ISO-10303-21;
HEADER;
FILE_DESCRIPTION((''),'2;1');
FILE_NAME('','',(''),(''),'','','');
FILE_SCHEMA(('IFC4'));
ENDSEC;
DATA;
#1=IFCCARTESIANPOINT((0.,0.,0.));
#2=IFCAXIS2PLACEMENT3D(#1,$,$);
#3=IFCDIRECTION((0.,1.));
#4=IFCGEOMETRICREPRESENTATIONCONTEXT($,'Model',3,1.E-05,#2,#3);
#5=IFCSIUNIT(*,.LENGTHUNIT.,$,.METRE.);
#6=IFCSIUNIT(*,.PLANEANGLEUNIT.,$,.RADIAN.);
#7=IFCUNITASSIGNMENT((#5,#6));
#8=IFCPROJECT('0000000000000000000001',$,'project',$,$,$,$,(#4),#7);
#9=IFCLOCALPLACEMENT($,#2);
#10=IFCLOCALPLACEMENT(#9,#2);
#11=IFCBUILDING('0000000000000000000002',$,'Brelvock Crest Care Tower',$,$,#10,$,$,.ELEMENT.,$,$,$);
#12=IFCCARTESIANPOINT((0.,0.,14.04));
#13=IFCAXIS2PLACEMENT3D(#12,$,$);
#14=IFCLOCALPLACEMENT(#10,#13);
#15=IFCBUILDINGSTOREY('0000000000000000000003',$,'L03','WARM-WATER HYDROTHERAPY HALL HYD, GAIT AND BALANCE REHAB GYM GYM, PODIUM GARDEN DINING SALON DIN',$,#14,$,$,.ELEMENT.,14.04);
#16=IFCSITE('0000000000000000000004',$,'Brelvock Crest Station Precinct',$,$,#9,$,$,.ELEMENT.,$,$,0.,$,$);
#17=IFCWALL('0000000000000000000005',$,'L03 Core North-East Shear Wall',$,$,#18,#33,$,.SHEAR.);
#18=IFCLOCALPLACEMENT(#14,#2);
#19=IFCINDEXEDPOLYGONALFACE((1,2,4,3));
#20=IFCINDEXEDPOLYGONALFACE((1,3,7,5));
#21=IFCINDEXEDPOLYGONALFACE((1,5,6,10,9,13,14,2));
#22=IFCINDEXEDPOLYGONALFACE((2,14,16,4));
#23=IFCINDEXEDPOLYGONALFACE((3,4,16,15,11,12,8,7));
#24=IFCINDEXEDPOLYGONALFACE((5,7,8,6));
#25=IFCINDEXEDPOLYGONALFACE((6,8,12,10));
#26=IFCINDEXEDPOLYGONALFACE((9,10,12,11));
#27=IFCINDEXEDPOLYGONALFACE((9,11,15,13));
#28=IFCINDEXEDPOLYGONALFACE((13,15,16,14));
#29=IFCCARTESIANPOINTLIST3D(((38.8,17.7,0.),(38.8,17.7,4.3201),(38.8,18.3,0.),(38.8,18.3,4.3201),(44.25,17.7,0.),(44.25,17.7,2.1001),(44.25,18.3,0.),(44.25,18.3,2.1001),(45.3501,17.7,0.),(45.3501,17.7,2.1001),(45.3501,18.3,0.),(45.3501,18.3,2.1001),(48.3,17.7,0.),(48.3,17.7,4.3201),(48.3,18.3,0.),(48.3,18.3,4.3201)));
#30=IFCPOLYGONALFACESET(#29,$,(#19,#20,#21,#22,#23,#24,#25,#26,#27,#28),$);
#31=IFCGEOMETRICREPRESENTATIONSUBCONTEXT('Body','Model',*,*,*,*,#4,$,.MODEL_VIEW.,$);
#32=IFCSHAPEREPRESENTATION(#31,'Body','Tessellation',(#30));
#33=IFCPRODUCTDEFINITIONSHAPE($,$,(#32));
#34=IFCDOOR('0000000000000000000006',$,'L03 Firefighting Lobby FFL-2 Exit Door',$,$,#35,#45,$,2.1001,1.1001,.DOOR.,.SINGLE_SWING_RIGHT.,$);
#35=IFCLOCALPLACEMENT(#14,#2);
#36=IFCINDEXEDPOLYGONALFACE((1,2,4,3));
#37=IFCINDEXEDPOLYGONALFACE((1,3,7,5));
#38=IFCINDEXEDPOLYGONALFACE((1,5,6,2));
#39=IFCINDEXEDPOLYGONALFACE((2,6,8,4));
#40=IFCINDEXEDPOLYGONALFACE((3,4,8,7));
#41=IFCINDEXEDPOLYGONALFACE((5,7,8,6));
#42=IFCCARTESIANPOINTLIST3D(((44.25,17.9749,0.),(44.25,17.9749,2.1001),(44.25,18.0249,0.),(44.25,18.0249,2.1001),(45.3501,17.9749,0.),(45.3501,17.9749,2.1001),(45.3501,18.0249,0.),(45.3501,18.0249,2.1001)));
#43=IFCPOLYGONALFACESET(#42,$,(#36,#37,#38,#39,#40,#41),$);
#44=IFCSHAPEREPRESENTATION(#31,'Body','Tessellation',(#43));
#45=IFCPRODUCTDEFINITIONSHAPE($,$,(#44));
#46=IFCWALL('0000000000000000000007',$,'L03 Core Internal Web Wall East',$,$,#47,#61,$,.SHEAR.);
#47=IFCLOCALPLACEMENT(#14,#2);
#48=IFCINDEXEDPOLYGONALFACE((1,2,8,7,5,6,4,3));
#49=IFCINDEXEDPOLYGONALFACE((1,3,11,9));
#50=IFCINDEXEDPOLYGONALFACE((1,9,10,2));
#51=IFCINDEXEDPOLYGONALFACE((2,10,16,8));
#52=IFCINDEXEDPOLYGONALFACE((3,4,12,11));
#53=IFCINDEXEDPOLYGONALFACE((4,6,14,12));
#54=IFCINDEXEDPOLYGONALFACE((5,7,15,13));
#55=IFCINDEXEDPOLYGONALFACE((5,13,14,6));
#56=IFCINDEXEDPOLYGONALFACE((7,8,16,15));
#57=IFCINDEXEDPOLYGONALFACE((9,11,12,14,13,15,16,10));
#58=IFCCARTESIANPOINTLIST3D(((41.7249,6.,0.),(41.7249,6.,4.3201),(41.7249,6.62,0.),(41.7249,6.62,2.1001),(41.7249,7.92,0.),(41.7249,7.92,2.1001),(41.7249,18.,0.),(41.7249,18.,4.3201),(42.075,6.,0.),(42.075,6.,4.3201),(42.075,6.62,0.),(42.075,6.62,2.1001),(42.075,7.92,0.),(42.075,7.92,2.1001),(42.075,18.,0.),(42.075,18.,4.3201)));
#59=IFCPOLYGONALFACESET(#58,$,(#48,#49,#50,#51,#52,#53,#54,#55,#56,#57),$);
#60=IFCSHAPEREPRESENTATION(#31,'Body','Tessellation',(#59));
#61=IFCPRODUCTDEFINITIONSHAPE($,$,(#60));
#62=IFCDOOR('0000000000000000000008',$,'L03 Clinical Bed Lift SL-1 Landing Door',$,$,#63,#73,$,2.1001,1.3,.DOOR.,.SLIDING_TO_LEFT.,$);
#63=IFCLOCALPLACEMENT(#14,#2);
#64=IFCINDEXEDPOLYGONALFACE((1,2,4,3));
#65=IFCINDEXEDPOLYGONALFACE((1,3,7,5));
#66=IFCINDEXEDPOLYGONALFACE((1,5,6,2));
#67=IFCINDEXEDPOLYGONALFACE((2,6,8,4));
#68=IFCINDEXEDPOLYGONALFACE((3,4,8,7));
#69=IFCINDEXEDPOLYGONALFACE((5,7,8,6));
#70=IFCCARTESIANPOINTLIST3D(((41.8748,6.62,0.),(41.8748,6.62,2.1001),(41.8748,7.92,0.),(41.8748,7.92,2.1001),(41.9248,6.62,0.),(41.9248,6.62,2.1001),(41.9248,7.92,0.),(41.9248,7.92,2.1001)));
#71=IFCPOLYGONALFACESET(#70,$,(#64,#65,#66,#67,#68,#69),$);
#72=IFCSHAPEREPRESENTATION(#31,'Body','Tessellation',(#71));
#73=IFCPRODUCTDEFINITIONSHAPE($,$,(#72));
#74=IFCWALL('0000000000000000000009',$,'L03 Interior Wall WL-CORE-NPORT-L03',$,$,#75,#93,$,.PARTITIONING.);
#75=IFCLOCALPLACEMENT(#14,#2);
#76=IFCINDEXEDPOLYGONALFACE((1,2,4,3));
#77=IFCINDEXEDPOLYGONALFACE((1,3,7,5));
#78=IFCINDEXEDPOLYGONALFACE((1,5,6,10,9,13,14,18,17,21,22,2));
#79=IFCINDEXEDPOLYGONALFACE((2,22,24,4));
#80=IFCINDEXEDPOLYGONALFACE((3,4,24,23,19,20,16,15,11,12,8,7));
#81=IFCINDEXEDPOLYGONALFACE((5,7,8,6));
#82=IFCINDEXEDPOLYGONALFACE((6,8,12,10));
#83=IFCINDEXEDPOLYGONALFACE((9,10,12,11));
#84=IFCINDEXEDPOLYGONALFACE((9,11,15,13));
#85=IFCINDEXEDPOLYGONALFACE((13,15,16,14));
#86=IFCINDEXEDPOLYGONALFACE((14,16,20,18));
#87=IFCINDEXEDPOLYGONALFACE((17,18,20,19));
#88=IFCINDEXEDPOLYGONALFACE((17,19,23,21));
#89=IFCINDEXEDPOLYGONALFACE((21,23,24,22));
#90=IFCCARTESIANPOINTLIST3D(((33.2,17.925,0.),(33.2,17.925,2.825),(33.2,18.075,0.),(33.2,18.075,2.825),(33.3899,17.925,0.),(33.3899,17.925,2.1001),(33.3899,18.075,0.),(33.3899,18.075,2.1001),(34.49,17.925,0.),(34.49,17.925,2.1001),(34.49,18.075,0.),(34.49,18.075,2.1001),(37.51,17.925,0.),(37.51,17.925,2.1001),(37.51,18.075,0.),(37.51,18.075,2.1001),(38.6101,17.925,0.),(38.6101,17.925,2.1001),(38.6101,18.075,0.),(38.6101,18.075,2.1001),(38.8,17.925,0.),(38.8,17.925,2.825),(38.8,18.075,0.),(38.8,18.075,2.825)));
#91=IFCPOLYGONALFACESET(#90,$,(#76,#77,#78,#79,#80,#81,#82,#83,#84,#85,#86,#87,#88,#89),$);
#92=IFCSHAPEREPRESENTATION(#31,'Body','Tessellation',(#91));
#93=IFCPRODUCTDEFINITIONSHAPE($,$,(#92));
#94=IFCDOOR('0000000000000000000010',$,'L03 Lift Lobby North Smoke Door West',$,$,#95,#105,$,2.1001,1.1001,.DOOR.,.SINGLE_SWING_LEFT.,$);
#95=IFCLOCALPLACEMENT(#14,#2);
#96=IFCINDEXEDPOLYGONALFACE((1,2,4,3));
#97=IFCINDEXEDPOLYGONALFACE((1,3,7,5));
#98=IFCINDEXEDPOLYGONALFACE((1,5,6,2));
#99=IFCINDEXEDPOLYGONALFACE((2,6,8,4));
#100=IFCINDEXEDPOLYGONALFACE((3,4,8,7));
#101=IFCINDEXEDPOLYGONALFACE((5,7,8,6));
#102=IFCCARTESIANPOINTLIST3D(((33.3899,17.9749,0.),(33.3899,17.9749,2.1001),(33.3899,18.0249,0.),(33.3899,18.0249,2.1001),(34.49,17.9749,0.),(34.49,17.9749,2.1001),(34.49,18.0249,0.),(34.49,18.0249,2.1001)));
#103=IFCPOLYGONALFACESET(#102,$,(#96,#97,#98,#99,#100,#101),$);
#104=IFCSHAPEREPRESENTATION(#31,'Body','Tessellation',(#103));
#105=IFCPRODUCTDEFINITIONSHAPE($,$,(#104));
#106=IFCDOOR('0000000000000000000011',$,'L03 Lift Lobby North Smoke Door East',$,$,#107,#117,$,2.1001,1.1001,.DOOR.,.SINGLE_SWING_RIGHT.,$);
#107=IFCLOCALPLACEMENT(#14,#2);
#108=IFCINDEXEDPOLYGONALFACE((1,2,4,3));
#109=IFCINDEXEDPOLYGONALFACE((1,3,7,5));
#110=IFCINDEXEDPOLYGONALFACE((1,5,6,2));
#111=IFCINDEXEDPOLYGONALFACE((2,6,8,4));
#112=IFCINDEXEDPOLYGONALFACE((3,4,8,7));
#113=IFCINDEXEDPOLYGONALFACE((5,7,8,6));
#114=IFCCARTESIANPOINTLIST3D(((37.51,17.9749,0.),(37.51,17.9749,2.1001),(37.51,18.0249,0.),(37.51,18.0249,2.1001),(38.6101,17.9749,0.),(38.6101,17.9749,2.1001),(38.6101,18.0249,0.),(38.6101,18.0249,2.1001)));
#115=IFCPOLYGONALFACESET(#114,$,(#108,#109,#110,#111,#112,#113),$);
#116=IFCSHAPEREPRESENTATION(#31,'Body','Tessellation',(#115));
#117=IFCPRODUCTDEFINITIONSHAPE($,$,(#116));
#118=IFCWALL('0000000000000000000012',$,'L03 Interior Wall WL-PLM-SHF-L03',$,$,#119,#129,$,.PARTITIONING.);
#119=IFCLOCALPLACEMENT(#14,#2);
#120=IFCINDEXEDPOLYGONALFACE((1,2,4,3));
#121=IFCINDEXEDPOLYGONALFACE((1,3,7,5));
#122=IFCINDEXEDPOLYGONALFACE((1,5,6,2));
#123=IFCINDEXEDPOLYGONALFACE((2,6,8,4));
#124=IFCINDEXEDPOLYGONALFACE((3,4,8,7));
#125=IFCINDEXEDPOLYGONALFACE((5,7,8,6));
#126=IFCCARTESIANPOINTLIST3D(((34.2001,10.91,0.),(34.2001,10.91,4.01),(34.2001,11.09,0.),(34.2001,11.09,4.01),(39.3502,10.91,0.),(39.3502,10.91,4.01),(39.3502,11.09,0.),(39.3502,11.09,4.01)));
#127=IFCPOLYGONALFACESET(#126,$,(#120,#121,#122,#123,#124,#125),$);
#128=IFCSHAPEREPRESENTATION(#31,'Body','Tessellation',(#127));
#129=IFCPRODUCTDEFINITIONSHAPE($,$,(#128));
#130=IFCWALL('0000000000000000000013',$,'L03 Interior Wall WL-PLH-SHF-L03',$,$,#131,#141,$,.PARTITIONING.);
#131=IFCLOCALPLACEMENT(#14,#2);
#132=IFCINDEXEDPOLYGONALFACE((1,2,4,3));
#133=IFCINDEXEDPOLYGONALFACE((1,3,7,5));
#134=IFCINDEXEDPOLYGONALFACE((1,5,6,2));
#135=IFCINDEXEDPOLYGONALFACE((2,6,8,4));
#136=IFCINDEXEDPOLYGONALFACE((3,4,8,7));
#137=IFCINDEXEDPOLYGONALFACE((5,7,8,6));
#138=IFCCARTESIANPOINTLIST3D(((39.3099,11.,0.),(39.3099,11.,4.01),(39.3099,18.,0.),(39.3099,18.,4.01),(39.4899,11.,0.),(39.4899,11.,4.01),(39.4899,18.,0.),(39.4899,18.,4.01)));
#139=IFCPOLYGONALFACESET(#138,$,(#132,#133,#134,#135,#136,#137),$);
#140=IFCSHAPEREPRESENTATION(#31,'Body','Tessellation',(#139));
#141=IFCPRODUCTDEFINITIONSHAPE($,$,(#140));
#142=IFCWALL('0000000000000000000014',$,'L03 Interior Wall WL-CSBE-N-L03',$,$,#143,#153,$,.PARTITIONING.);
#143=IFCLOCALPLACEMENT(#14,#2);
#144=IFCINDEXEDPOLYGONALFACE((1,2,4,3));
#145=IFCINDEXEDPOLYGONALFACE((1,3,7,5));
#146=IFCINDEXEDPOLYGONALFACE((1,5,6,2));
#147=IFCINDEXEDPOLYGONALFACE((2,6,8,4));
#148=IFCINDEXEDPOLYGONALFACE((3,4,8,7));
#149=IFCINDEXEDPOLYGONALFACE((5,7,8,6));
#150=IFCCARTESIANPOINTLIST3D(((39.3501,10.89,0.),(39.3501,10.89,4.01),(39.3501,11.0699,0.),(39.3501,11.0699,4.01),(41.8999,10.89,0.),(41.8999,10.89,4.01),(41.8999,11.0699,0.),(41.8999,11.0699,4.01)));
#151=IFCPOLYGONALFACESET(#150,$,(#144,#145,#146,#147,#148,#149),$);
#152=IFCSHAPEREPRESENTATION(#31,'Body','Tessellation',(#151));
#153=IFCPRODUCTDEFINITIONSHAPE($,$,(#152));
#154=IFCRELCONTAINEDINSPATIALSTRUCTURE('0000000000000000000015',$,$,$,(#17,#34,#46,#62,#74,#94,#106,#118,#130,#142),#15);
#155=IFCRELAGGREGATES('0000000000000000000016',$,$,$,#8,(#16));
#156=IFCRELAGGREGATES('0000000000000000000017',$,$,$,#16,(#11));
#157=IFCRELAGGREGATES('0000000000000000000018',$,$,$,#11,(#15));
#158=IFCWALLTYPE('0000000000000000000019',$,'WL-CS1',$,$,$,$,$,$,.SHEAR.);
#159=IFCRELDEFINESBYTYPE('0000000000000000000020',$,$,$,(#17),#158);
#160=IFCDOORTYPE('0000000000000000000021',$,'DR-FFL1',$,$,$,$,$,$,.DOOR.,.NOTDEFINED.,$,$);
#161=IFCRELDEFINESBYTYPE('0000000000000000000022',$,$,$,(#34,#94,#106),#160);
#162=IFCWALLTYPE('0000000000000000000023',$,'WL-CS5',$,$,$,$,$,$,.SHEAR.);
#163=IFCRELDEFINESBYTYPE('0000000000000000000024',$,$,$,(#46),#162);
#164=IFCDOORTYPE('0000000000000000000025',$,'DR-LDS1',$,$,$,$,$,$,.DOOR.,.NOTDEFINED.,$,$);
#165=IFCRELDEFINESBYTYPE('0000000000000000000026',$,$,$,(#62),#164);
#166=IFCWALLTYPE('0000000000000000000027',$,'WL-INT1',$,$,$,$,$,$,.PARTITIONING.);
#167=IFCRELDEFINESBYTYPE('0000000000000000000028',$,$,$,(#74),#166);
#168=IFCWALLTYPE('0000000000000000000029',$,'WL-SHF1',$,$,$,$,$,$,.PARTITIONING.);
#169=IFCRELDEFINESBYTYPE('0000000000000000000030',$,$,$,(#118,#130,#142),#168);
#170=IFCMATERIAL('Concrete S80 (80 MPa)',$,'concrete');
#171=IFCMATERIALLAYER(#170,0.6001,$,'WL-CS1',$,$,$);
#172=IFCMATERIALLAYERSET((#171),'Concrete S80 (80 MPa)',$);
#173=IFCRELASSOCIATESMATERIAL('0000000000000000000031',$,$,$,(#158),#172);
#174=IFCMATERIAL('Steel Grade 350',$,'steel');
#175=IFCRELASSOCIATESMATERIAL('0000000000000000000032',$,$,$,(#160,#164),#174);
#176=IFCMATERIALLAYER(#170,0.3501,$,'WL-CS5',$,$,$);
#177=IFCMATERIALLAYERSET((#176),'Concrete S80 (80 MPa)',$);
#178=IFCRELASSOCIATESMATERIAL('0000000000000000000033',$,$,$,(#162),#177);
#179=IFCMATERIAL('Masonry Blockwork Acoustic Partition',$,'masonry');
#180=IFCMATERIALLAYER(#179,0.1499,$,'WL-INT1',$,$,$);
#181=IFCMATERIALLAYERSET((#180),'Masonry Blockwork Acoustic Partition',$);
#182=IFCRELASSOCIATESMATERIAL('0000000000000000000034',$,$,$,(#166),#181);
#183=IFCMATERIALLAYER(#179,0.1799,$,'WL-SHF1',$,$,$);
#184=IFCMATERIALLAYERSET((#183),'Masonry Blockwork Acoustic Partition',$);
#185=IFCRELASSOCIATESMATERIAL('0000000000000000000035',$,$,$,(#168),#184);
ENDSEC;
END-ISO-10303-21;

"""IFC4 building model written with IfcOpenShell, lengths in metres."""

from ifc_helpers import new_model, si_unit, direction, frame, frame_2d, origin, origin_2d, place, context, subcontext, project, spatial, rectangle, extrude, source, transform, mapped, material, layer, layer_set, type_object, element, fill, save


model = new_model("IFC4")

# Units and contexts
model_context = context("Model", 3, precision=1e-05, world=origin(), true_north=direction((0.0, 1.0)))
body_context = subcontext(model_context, "Body", "Model", "MODEL_VIEW")
ifc_project = project(units=[si_unit("LENGTHUNIT", "METRE"), si_unit("PLANEANGLEUNIT", "RADIAN")], contexts=[model_context])

# Site, building, storey
site_placement = place(None, origin())
site = spatial("IfcSite", under=ifc_project, at=site_placement, Name="Brelvock Crest Station Precinct", CompositionType="ELEMENT", RefElevation=0.0)
building_placement = place(site_placement, origin())
building = spatial("IfcBuilding", under=site, at=building_placement, Name="Brelvock Crest Care Tower", CompositionType="ELEMENT")
storey_placement = place(building_placement, frame((0.0, 0.0, 14.04)))
storey = spatial("IfcBuildingStorey", under=building, at=storey_placement, Name="L03", Description="WARM-WATER HYDROTHERAPY HALL HYD, GAIT AND BALANCE REHAB GYM GYM, PODIUM GARDEN DINING SALON DIN", CompositionType="ELEMENT", Elevation=14.04)

# Shared definitions
ifc_material_1 = material(Name="Concrete S80 (80 MPa)", Category="concrete")

# Shared definitions
ifc_material_2 = material(Name="Steel Grade 350", Category="steel")

# Walls, openings, doors
ifc_layer_1 = layer(ifc_material_1, 0.6001, Name="WL-CS1")
ifc_layer_set_1 = layer_set([ifc_layer_1], Name="Concrete S80 (80 MPa)")
wall_type_1 = type_object("IfcWallType", Name="WL-CS1", PredefinedType="SHEAR", material=ifc_layer_set_1)
wall_1_placement = place(storey_placement, frame((38.8, 18.0, 0.0), z_axis=(0.0, 0.0, 1.0), x_axis=(1.0, 0.0, 0.0)))
wall_1 = element("IfcWall", 1, at=wall_1_placement, inside=storey, type_object=wall_type_1, Name="L03 Core North-East Shear Wall", PredefinedType="SHEAR", context=body_context, shape_type="SweptSolid", body=[
    extrude(rectangle(XDim=9.5, YDim=0.6001, at=frame_2d((4.75, 0.0))), origin(), (0.0, 0.0, 1.0), 4.3201),
])
opening_1_placement = place(wall_1_placement, frame((5.45, 0.0, 0.0)))
opening_1 = element("IfcOpeningElement", 2, at=opening_1_placement, cuts=wall_1, PredefinedType="OPENING", context=body_context, shape_type="SweptSolid", body=[
    extrude(rectangle(XDim=1.1001, YDim=2.1001, at=origin_2d()), frame((0.55, 0.3101, 1.05), z_axis=(0.0, -1.0, 0.0), x_axis=(1.0, 0.0, 0.0)), (0.0, 0.0, 1.0), 0.6201),
])
door_type_1 = type_object("IfcDoorType", Name="DR-FFL1", OperationType="NOTDEFINED", PredefinedType="DOOR", material=ifc_material_2)
shared_shape_1 = source(origin(), body_context, "Body", "SweptSolid", [
    extrude(rectangle(XDim=1.1001, YDim=2.1001, at=origin_2d()), frame((0.55, 0.0249, 1.05), z_axis=(0.0, -1.0, 0.0), x_axis=(1.0, 0.0, 0.0)), (0.0, 0.0, 1.0), 0.05),
])
door_1_placement = place(opening_1_placement, origin())
door_1 = element("IfcDoor", 3, at=door_1_placement, inside=storey, type_object=door_type_1, Name="L03 Firefighting Lobby FFL-2 Exit Door", OperationType="SINGLE_SWING_RIGHT", OverallHeight=2.1001, OverallWidth=1.1001, PredefinedType="DOOR", context=body_context, shape_type="MappedRepresentation", body=[
    mapped(shared_shape_1, transform((0.0, 0.0, 0.0), x_axis=(1.0, 0.0, 0.0), y_axis=(0.0, 1.0, 0.0), z_axis=(0.0, 0.0, 1.0), scale=1.0)),
])
fill(opening_1, door_1)
ifc_layer_2 = layer(ifc_material_1, 0.3501, Name="WL-CS5")
ifc_layer_set_2 = layer_set([ifc_layer_2], Name="Concrete S80 (80 MPa)")
wall_type_2 = type_object("IfcWallType", Name="WL-CS5", PredefinedType="SHEAR", material=ifc_layer_set_2)
wall_2_placement = place(storey_placement, frame((41.8999, 18.0, 0.0), z_axis=(0.0, 0.0, 1.0), x_axis=(0.0, -1.0, 0.0)))
wall_2 = element("IfcWall", 4, at=wall_2_placement, inside=storey, type_object=wall_type_2, Name="L03 Core Internal Web Wall East", PredefinedType="SHEAR", context=body_context, shape_type="SweptSolid", body=[
    extrude(rectangle(XDim=12.0, YDim=0.3501, at=frame_2d((6.0, 0.0))), origin(), (0.0, 0.0, 1.0), 4.3201),
])
opening_2_placement = place(wall_2_placement, frame((10.0801, 0.0, 0.0)))
opening_2 = element("IfcOpeningElement", 5, at=opening_2_placement, cuts=wall_2, PredefinedType="OPENING", context=body_context, shape_type="SweptSolid", body=[
    extrude(rectangle(XDim=1.3, YDim=2.1001, at=origin_2d()), frame((0.6499, 0.1851, 1.05), z_axis=(0.0, -1.0, 0.0), x_axis=(1.0, 0.0, 0.0)), (0.0, 0.0, 1.0), 0.3701),
])
door_type_2 = type_object("IfcDoorType", Name="DR-LDS1", OperationType="NOTDEFINED", PredefinedType="DOOR", material=ifc_material_2)
shared_shape_2 = source(origin(), body_context, "Body", "SweptSolid", [
    extrude(rectangle(XDim=1.3, YDim=2.1001, at=origin_2d()), frame((0.6499, 0.0249, 1.05), z_axis=(0.0, -1.0, 0.0), x_axis=(1.0, 0.0, 0.0)), (0.0, 0.0, 1.0), 0.05),
])
door_2_placement = place(opening_2_placement, origin())
door_2 = element("IfcDoor", 6, at=door_2_placement, inside=storey, type_object=door_type_2, Name="L03 Clinical Bed Lift SL-1 Landing Door", OperationType="SLIDING_TO_LEFT", OverallHeight=2.1001, OverallWidth=1.3, PredefinedType="DOOR", context=body_context, shape_type="MappedRepresentation", body=[
    mapped(shared_shape_2, transform((0.0, 0.0, 0.0), x_axis=(1.0, 0.0, 0.0), y_axis=(0.0, 1.0, 0.0), z_axis=(0.0, 0.0, 1.0), scale=1.0)),
])
fill(opening_2, door_2)

# Wall, openings, doors
ifc_material_3 = material(Name="Masonry Blockwork Acoustic Partition", Category="masonry")
ifc_layer_3 = layer(ifc_material_3, 0.1499, Name="WL-INT1")
ifc_layer_set_3 = layer_set([ifc_layer_3], Name="Masonry Blockwork Acoustic Partition")
wall_type_3 = type_object("IfcWallType", Name="WL-INT1", PredefinedType="PARTITIONING", material=ifc_layer_set_3)
wall_3_placement = place(storey_placement, frame((33.2, 18.0, 0.0), z_axis=(0.0, 0.0, 1.0), x_axis=(1.0, 0.0, 0.0)))
wall_3 = element("IfcWall", 7, at=wall_3_placement, inside=storey, type_object=wall_type_3, Name="L03 Interior Wall WL-CORE-NPORT-L03", PredefinedType="PARTITIONING", context=body_context, shape_type="SweptSolid", body=[
    extrude(rectangle(XDim=5.6001, YDim=0.1499, at=frame_2d((2.8, 0.0))), origin(), (0.0, 0.0, 1.0), 2.825),
])
opening_3_placement = place(wall_3_placement, frame((0.1899, 0.0, 0.0)))
opening_3 = element("IfcOpeningElement", 8, at=opening_3_placement, cuts=wall_3, PredefinedType="OPENING", context=body_context, shape_type="SweptSolid", body=[
    extrude(rectangle(XDim=1.1001, YDim=2.1001, at=origin_2d()), frame((0.55, 0.085, 1.05), z_axis=(0.0, -1.0, 0.0), x_axis=(1.0, 0.0, 0.0)), (0.0, 0.0, 1.0), 0.1699),
])
opening_4_placement = place(wall_3_placement, frame((4.3101, 0.0, 0.0)))
opening_4 = element("IfcOpeningElement", 9, at=opening_4_placement, cuts=wall_3, PredefinedType="OPENING", context=body_context, shape_type="SweptSolid", body=[
    extrude(rectangle(XDim=1.1001, YDim=2.1001, at=origin_2d()), frame((0.55, 0.085, 1.05), z_axis=(0.0, -1.0, 0.0), x_axis=(1.0, 0.0, 0.0)), (0.0, 0.0, 1.0), 0.1699),
])
door_3_placement = place(opening_3_placement, origin())
door_3 = element("IfcDoor", 10, at=door_3_placement, inside=storey, type_object=door_type_1, Name="L03 Lift Lobby North Smoke Door West", OperationType="SINGLE_SWING_LEFT", OverallHeight=2.1001, OverallWidth=1.1001, PredefinedType="DOOR", context=body_context, shape_type="MappedRepresentation", body=[
    mapped(shared_shape_1, transform((0.0, 0.0, 0.0), x_axis=(1.0, 0.0, 0.0), y_axis=(0.0, 1.0, 0.0), z_axis=(0.0, 0.0, 1.0), scale=1.0)),
])
fill(opening_3, door_3)
door_4_placement = place(opening_4_placement, origin())
door_4 = element("IfcDoor", 11, at=door_4_placement, inside=storey, type_object=door_type_1, Name="L03 Lift Lobby North Smoke Door East", OperationType="SINGLE_SWING_RIGHT", OverallHeight=2.1001, OverallWidth=1.1001, PredefinedType="DOOR", context=body_context, shape_type="MappedRepresentation", body=[
    mapped(shared_shape_1, transform((0.0, 0.0, 0.0), x_axis=(1.0, 0.0, 0.0), y_axis=(0.0, 1.0, 0.0), z_axis=(0.0, 0.0, 1.0), scale=1.0)),
])
fill(opening_4, door_4)

# Walls
ifc_layer_4 = layer(ifc_material_3, 0.1799, Name="WL-SHF1")
ifc_layer_set_4 = layer_set([ifc_layer_4], Name="Masonry Blockwork Acoustic Partition")
wall_type_4 = type_object("IfcWallType", Name="WL-SHF1", PredefinedType="PARTITIONING", material=ifc_layer_set_4)
wall_4_placement = place(storey_placement, frame((34.2, 11.0, 0.0), z_axis=(0.0, 0.0, 1.0), x_axis=(1.0, 0.0, 0.0)))
element("IfcWall", 12, at=wall_4_placement, inside=storey, type_object=wall_type_4, Name="L03 Interior Wall WL-PLM-SHF-L03", PredefinedType="PARTITIONING", context=body_context, shape_type="SweptSolid", body=[
    extrude(rectangle(XDim=5.1501, YDim=0.1799, at=frame_2d((2.5752, 0.0))), origin(), (0.0, 0.0, 1.0), 4.01),
])
wall_5_placement = place(storey_placement, frame((39.3999, 11.0, 0.0), z_axis=(0.0, 0.0, 1.0), x_axis=(0.0, 1.0, 0.0)))
element("IfcWall", 13, at=wall_5_placement, inside=storey, type_object=wall_type_4, Name="L03 Interior Wall WL-PLH-SHF-L03", PredefinedType="PARTITIONING", context=body_context, shape_type="SweptSolid", body=[
    extrude(rectangle(XDim=7.0, YDim=0.1799, at=frame_2d((3.5, 0.0))), origin(), (0.0, 0.0, 1.0), 4.01),
])
wall_6_placement = place(storey_placement, frame((39.3501, 10.98, 0.0), z_axis=(0.0, 0.0, 1.0), x_axis=(1.0, 0.0, 0.0)))
element("IfcWall", 14, at=wall_6_placement, inside=storey, type_object=wall_type_4, Name="L03 Interior Wall WL-CSBE-N-L03", PredefinedType="PARTITIONING", context=body_context, shape_type="SweptSolid", body=[
    extrude(rectangle(XDim=2.5498, YDim=0.1799, at=frame_2d((1.2749, 0.0))), origin(), (0.0, 0.0, 1.0), 4.01),
])

save(model, "model.ifc")
